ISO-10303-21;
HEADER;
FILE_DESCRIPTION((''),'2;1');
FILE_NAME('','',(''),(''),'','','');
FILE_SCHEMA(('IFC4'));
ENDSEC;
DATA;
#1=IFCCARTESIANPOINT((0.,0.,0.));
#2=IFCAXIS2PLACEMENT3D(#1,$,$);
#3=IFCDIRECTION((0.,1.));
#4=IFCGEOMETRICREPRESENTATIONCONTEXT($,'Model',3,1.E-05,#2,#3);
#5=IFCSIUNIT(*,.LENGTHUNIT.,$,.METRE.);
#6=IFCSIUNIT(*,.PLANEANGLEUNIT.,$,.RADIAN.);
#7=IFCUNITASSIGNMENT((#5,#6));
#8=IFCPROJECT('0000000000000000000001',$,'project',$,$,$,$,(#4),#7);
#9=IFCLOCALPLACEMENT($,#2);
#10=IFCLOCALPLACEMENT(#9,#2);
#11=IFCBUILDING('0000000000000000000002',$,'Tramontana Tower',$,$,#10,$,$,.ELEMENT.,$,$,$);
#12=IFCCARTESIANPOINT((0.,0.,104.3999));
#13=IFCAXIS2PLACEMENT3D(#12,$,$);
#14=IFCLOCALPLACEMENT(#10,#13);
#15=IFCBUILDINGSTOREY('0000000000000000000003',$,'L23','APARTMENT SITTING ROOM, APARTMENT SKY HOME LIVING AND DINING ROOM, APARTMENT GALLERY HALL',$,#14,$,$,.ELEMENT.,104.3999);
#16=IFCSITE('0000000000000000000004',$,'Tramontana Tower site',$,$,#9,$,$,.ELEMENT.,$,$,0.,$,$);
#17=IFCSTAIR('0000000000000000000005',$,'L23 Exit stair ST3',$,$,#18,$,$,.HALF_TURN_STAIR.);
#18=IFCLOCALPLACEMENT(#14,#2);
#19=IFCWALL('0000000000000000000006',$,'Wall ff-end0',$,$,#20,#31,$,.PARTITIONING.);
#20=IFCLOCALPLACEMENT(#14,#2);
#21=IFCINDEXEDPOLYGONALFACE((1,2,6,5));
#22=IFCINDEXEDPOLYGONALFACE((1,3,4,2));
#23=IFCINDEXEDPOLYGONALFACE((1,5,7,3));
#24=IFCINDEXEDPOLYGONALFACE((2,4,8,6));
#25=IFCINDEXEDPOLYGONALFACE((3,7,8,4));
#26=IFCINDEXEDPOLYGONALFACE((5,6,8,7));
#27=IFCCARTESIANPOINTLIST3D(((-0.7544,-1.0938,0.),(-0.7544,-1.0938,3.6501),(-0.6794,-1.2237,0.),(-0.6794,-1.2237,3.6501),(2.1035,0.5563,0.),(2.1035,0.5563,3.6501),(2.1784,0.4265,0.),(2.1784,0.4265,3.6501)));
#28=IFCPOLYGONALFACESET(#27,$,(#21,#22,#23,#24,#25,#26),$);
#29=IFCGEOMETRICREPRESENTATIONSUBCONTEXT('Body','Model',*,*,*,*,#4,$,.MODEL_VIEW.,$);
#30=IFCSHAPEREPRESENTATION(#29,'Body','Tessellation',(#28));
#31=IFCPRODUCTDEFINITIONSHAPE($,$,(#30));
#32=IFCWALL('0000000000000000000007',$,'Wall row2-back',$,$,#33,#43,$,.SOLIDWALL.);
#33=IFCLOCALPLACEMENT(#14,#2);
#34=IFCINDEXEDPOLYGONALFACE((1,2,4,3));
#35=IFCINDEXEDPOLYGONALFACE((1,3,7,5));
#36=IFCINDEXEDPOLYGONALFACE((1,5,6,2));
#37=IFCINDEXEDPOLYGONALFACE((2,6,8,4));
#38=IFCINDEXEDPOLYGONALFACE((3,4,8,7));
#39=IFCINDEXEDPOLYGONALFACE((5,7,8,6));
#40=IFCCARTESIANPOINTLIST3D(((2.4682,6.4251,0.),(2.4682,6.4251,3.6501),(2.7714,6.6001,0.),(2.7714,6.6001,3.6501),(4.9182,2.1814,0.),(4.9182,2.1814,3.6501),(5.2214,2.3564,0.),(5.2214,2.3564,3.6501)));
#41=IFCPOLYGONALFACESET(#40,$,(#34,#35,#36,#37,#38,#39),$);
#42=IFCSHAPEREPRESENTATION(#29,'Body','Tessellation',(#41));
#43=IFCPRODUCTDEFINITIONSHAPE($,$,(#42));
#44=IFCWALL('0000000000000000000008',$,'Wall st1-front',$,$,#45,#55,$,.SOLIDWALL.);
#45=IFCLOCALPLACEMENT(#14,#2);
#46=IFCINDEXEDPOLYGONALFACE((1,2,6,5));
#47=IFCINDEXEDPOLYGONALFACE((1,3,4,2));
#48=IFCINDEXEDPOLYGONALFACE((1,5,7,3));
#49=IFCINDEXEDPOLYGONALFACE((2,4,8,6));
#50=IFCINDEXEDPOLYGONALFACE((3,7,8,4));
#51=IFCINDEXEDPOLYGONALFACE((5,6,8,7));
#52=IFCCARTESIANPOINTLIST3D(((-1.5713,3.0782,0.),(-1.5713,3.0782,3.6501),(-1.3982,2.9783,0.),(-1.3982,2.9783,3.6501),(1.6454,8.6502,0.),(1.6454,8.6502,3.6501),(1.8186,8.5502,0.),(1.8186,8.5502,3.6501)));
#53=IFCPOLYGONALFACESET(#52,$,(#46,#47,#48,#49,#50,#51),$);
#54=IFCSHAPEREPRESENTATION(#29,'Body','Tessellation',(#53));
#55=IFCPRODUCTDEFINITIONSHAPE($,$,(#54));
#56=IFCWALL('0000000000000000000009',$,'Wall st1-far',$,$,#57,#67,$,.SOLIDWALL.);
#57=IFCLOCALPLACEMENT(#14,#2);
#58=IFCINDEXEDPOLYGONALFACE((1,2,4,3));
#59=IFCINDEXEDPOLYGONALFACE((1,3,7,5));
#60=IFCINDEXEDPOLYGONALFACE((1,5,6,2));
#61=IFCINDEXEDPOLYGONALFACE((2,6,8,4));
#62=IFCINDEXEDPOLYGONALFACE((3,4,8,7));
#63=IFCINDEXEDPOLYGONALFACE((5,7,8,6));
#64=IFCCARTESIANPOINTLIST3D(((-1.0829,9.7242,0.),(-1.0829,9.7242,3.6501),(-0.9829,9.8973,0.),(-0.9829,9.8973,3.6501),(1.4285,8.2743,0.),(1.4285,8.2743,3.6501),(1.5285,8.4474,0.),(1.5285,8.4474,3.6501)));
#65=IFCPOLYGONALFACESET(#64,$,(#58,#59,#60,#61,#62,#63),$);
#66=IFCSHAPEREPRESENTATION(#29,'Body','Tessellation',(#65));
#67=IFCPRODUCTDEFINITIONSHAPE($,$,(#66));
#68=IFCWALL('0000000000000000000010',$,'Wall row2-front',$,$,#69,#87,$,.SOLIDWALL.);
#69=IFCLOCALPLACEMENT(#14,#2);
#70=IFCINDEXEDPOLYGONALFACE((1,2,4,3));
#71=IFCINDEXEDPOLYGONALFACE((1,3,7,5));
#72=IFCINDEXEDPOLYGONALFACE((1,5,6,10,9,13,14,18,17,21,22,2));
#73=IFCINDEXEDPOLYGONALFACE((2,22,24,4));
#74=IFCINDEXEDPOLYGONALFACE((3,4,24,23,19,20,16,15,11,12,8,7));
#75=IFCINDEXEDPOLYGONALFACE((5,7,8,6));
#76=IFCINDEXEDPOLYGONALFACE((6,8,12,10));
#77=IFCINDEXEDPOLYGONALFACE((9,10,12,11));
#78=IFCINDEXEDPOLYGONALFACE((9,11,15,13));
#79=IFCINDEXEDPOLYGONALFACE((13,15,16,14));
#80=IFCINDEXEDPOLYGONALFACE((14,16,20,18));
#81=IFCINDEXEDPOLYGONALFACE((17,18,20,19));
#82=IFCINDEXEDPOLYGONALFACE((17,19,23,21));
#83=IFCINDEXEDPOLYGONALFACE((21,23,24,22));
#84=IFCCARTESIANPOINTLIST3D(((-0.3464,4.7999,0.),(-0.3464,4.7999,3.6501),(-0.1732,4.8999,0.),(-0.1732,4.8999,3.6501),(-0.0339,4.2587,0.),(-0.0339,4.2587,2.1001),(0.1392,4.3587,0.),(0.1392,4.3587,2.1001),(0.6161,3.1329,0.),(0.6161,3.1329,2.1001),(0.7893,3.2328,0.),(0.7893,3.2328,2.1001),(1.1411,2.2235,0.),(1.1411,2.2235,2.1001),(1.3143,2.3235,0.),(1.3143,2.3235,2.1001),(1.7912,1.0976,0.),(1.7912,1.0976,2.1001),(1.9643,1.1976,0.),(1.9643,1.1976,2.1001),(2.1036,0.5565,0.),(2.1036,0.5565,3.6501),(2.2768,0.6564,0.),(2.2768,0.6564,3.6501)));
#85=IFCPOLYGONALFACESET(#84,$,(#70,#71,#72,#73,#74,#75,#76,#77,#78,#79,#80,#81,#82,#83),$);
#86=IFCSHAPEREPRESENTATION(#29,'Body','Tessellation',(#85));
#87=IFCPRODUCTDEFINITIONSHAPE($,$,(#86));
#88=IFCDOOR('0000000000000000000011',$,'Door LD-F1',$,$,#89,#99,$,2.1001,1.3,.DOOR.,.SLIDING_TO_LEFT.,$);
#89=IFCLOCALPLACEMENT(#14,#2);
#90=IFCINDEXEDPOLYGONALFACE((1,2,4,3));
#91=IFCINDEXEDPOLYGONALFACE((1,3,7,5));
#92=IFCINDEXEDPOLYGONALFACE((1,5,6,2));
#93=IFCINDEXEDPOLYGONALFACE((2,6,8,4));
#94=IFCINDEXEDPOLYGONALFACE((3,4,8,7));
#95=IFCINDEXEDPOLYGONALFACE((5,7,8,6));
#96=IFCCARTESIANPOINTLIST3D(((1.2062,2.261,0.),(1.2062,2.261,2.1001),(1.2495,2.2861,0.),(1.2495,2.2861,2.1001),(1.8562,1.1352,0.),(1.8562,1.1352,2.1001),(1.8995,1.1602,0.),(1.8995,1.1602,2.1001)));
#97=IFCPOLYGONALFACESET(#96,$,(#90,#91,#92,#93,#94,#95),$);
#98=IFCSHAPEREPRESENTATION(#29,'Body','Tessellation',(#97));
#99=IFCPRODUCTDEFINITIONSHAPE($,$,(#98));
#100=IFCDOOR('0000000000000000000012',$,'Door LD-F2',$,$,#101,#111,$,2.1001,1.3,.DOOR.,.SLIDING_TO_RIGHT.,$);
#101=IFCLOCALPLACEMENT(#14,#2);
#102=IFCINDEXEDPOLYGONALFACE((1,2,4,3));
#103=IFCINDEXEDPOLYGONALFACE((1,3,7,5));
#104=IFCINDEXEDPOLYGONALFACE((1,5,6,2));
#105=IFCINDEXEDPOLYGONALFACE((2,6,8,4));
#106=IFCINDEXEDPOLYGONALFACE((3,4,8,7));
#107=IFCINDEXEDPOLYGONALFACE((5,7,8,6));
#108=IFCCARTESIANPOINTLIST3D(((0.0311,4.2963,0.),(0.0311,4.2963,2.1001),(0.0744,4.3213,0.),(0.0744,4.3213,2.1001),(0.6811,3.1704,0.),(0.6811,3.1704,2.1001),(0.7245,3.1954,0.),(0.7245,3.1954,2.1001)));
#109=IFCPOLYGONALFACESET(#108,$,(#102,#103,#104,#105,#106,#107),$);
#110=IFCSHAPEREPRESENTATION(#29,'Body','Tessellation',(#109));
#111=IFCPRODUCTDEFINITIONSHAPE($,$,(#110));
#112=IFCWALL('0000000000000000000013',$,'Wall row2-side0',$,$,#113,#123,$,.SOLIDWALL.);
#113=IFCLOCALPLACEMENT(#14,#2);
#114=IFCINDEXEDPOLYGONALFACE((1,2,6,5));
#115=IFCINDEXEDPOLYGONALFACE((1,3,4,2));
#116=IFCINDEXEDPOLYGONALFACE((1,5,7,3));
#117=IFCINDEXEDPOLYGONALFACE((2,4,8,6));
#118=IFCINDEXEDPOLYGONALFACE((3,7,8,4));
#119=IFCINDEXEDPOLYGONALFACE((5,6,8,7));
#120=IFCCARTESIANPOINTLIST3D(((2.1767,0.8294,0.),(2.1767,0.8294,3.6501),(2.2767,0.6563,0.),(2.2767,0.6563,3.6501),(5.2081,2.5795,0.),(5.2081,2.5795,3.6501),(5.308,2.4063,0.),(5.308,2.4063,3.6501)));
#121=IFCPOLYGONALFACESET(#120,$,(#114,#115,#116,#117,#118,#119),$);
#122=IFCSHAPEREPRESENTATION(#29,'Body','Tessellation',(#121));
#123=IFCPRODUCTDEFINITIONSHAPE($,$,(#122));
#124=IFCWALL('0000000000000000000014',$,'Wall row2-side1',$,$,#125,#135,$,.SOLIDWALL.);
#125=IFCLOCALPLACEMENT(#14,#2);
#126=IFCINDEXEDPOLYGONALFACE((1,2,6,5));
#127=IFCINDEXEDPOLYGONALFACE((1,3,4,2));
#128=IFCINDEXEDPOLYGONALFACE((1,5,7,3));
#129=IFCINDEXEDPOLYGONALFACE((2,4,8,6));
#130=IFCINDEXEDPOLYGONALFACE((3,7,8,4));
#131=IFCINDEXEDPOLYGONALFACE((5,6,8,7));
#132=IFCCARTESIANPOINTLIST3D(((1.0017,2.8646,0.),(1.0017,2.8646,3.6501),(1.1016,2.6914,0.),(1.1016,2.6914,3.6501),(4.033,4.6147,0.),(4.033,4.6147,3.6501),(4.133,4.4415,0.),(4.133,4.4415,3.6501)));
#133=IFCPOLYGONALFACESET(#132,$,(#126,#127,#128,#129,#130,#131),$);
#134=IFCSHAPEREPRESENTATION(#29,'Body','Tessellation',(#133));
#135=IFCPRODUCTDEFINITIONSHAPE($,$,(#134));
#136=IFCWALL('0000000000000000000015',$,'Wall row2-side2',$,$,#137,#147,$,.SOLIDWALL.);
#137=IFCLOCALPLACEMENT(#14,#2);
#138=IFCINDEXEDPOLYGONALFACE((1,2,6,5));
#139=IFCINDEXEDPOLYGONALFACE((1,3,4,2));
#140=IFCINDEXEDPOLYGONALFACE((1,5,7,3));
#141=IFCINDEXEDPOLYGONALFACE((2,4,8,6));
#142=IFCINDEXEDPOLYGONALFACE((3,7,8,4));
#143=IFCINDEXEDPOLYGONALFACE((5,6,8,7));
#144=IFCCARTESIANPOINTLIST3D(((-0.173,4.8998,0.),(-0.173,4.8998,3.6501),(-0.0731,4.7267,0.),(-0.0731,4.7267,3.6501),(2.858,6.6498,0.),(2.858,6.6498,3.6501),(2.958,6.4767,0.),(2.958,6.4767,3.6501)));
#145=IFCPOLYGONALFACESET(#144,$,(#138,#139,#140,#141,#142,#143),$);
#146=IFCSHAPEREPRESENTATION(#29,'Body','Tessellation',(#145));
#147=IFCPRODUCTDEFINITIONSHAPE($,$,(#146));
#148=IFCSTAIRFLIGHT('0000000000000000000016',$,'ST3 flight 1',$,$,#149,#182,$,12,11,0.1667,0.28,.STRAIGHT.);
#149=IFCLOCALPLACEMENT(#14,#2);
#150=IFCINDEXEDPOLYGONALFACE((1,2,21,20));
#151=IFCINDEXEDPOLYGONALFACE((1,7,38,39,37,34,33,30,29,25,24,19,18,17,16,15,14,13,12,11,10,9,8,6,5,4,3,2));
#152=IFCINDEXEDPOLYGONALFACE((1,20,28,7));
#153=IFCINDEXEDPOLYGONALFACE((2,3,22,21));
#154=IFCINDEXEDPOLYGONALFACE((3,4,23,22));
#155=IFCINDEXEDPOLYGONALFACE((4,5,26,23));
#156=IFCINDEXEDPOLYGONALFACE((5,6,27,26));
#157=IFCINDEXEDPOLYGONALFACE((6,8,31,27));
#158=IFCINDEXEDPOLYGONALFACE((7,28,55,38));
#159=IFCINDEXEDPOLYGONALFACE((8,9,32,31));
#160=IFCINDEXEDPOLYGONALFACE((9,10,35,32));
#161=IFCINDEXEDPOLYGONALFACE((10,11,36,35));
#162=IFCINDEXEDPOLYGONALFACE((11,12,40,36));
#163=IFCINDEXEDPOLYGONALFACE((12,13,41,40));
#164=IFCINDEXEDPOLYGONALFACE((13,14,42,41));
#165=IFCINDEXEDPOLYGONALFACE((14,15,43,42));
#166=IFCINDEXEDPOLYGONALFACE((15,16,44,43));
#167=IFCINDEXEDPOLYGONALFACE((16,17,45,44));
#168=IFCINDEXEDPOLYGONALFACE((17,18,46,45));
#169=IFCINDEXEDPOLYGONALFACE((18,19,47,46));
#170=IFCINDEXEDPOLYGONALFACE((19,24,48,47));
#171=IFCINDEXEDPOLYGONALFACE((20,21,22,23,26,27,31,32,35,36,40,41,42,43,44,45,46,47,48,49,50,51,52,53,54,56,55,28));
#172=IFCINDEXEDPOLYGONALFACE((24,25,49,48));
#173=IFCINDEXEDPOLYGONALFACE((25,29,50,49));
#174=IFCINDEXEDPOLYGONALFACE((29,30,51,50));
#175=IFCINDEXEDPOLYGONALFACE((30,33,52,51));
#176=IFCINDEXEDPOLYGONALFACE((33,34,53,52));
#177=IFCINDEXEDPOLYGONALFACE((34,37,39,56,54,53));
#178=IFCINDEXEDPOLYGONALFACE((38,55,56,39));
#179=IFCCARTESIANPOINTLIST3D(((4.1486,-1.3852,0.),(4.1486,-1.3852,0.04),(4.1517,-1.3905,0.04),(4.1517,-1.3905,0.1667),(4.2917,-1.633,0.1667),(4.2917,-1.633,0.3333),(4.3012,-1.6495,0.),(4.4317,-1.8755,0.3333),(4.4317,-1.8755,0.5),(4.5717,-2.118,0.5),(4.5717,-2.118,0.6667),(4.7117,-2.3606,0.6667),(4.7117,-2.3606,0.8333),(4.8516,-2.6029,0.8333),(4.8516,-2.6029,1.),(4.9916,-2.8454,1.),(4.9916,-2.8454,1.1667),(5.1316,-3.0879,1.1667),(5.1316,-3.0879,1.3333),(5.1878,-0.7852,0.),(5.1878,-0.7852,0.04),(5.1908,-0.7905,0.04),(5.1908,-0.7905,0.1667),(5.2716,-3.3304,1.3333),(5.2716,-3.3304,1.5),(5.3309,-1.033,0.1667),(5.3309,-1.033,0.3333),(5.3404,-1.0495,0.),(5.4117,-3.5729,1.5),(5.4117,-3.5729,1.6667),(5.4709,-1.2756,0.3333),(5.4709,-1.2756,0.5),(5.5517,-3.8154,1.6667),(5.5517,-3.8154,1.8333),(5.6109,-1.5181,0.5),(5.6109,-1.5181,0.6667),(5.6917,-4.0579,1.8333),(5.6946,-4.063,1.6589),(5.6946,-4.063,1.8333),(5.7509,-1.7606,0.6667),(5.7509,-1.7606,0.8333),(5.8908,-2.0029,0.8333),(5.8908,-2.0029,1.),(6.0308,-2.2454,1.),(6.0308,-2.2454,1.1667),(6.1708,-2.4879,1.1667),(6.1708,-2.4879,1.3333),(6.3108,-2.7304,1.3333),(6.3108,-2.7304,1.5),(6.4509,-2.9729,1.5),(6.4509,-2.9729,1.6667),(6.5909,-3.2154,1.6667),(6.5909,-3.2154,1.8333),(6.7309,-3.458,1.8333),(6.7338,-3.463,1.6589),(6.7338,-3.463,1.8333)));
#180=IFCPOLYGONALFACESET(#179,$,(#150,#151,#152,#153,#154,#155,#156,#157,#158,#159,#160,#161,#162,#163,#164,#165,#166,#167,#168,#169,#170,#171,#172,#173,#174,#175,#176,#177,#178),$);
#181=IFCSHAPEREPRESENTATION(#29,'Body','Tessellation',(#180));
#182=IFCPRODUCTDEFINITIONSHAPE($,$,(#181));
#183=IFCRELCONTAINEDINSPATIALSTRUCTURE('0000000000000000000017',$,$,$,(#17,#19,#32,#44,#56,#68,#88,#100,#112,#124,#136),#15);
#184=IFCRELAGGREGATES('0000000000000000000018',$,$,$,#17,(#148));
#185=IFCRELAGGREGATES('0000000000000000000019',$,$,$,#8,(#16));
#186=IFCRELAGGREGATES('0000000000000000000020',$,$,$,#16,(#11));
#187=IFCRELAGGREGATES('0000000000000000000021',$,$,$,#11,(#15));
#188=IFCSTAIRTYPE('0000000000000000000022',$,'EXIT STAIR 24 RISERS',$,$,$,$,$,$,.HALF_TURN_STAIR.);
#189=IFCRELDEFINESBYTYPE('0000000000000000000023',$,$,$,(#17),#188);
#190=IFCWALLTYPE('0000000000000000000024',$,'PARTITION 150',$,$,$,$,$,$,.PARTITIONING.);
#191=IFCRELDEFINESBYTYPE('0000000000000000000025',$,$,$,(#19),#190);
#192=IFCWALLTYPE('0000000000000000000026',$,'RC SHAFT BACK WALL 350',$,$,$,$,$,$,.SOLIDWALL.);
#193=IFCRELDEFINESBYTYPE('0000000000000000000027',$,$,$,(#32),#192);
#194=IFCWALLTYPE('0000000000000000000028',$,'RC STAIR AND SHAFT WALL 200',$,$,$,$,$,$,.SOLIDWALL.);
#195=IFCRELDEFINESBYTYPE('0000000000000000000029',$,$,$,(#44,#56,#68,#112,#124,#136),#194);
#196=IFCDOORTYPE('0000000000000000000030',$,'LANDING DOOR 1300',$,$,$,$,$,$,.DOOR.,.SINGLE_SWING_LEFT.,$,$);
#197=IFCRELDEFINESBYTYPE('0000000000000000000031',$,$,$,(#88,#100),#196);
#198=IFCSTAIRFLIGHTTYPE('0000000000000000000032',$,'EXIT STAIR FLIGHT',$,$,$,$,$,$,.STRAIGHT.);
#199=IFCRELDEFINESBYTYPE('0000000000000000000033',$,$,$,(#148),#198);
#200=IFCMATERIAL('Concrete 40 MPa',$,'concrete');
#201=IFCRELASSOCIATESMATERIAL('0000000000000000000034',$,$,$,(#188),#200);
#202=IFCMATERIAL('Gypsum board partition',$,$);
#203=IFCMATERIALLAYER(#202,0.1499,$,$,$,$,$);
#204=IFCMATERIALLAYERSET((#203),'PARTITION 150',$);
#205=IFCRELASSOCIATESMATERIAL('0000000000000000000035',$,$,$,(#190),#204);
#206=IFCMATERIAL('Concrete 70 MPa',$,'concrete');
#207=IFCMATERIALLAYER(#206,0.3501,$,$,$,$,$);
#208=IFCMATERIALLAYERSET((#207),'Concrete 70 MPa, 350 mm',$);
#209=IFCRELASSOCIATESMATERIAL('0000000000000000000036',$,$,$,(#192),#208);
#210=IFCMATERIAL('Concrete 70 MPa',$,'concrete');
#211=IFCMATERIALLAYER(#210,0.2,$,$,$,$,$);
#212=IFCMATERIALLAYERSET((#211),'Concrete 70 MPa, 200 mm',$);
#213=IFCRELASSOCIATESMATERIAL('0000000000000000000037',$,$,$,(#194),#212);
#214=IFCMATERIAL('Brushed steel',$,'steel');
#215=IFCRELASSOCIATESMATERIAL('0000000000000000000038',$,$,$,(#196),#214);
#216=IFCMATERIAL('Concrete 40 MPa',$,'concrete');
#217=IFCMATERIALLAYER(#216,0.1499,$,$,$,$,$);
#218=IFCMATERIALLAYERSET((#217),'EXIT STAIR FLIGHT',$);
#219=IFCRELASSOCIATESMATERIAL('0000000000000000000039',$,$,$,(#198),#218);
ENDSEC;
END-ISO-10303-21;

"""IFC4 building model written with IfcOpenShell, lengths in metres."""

from ifc_helpers import new_model, si_unit, direction, frame, frame_2d, origin, place, context, subcontext, project, spatial, polyline, rectangle, outline, extrude, material, layer, layer_set, type_object, element, fill, aggregate, save


model = new_model("IFC4")

# Units and contexts
model_context = context("Model", 3, precision=1e-05, world=origin(), true_north=direction((0.0, 1.0)))
body_context = subcontext(model_context, "Body", "Model", "MODEL_VIEW")
ifc_project = project(units=[si_unit("LENGTHUNIT", "METRE"), si_unit("PLANEANGLEUNIT", "RADIAN")], contexts=[model_context])

# Site, building, storey
site_placement = place(None, origin())
site = spatial("IfcSite", under=ifc_project, at=site_placement, Name="Tramontana Tower site", CompositionType="ELEMENT", RefElevation=0.0)
building_placement = place(site_placement, origin())
building = spatial("IfcBuilding", under=site, at=building_placement, Name="Tramontana Tower", CompositionType="ELEMENT")
storey_placement = place(building_placement, frame((0.0, 0.0, 104.3999)))
storey = spatial("IfcBuildingStorey", under=building, at=storey_placement, Name="L23", Description="APARTMENT SITTING ROOM, APARTMENT SKY HOME LIVING AND DINING ROOM, APARTMENT GALLERY HALL", CompositionType="ELEMENT", Elevation=104.3999)

# Stair
ifc_material_1 = material(Name="Concrete 40 MPa", Category="concrete")
stair_type = type_object("IfcStairType", Name="EXIT STAIR 24 RISERS", PredefinedType="HALF_TURN_STAIR", material=ifc_material_1)
stair_1_placement = place(storey_placement, origin())
stair_1 = element("IfcStair", 1, at=stair_1_placement, inside=storey, type_object=stair_type, Name="L23 Exit stair ST3", PredefinedType="HALF_TURN_STAIR")

# Walls
ifc_material_2 = material(Name="Gypsum board partition")
ifc_layer_1 = layer(ifc_material_2, 0.1499)
ifc_layer_set_1 = layer_set([ifc_layer_1], Name="PARTITION 150")
wall_type_1 = type_object("IfcWallType", Name="PARTITION 150", PredefinedType="PARTITIONING", material=ifc_layer_set_1)
wall_1_placement = place(storey_placement, frame((-0.7168, -1.1587, 0.0), z_axis=(0.0, 0.0, 1.0), x_axis=(0.866008, 0.50003, 0.0)))
element("IfcWall", 2, at=wall_1_placement, inside=storey, type_object=wall_type_1, Name="Wall ff-end0", PredefinedType="PARTITIONING", context=body_context, shape_type="SweptSolid", body=[
    extrude(rectangle(XDim=3.3, YDim=0.1499, at=frame_2d((1.6499, 0.0))), origin(), (0.0, 0.0, 1.0), 3.6501),
])
ifc_material_3 = material(Name="Concrete 70 MPa", Category="concrete")
ifc_layer_2 = layer(ifc_material_3, 0.3501)
ifc_layer_set_2 = layer_set([ifc_layer_2], Name="Concrete 70 MPa, 350 mm")
wall_type_2 = type_object("IfcWallType", Name="RC SHAFT BACK WALL 350", PredefinedType="SOLIDWALL", material=ifc_layer_set_2)
wall_2_placement = place(storey_placement, frame((5.0698, 2.2688, 0.0), z_axis=(0.0, 0.0, 1.0), x_axis=(-0.499981, 0.866036, 0.0)))
element("IfcWall", 3, at=wall_2_placement, inside=storey, type_object=wall_type_2, Name="Wall row2-back", PredefinedType="SOLIDWALL", context=body_context, shape_type="SweptSolid", body=[
    extrude(rectangle(XDim=4.9001, YDim=0.3501, at=frame_2d((2.4502, 0.0))), origin(), (0.0, 0.0, 1.0), 3.6501),
])
ifc_material_4 = material(Name="Concrete 70 MPa", Category="concrete")
ifc_layer_3 = layer(ifc_material_4, 0.2)
ifc_layer_set_3 = layer_set([ifc_layer_3], Name="Concrete 70 MPa, 200 mm")
wall_type_3 = type_object("IfcWallType", Name="RC STAIR AND SHAFT WALL 200", PredefinedType="SOLIDWALL", material=ifc_layer_set_3)
wall_3_placement = place(storey_placement, frame((1.7319, 8.6001, 0.0), z_axis=(0.0, 0.0, 1.0), x_axis=(-0.499975, -0.86604, 0.0)))
element("IfcWall", 4, at=wall_3_placement, inside=storey, type_object=wall_type_3, Name="Wall st1-front", PredefinedType="SOLIDWALL", context=body_context, shape_type="SweptSolid", body=[
    extrude(rectangle(XDim=6.4338, YDim=0.2, at=frame_2d((3.2168, 0.0))), origin(), (0.0, 0.0, 1.0), 3.6501),
])
wall_4_placement = place(storey_placement, frame((1.4785, 8.3608, 0.0), z_axis=(0.0, 0.0, 1.0), x_axis=(-0.866033, 0.499987, 0.0)))
element("IfcWall", 5, at=wall_4_placement, inside=storey, type_object=wall_type_3, Name="Wall st1-far", PredefinedType="SOLIDWALL", context=body_context, shape_type="SweptSolid", body=[
    extrude(rectangle(XDim=2.8999, YDim=0.2, at=frame_2d((1.45, 0.0))), origin(), (0.0, 0.0, 1.0), 3.6501),
])

# Wall, openings, doors
wall_5_placement = place(storey_placement, frame((2.1902, 0.6064, 0.0), z_axis=(0.0, 0.0, 1.0), x_axis=(-0.500003, 0.866024, 0.0)))
wall_5 = element("IfcWall", 6, at=wall_5_placement, inside=storey, type_object=wall_type_3, Name="Wall row2-front", PredefinedType="SOLIDWALL", context=body_context, shape_type="SweptSolid", body=[
    extrude(rectangle(XDim=4.8999, YDim=0.2, at=frame_2d((2.45, 0.0))), origin(), (0.0, 0.0, 1.0), 3.6501),
])
opening_1_placement = place(wall_5_placement, frame((0.625, 0.0, 0.0)))
opening_1 = element("IfcOpeningElement", 7, at=opening_1_placement, cuts=wall_5, PredefinedType="OPENING", context=body_context, shape_type="SweptSolid", body=[
    extrude(rectangle(XDim=1.3, YDim=2.1001, at=frame_2d((0.6499, 1.05))), frame((0.0, 0.1099, 0.0), z_axis=(0.0, -1.0, 0.0), x_axis=(1.0, 0.0, 0.0)), (0.0, 0.0, 1.0), 0.22),
])
opening_2_placement = place(wall_5_placement, frame((2.9751, 0.0, 0.0)))
opening_2 = element("IfcOpeningElement", 8, at=opening_2_placement, cuts=wall_5, PredefinedType="OPENING", context=body_context, shape_type="SweptSolid", body=[
    extrude(rectangle(XDim=1.3, YDim=2.1001, at=frame_2d((0.6499, 1.05))), frame((0.0, 0.1099, 0.0), z_axis=(0.0, -1.0, 0.0), x_axis=(1.0, 0.0, 0.0)), (0.0, 0.0, 1.0), 0.22),
])
ifc_material_5 = material(Name="Brushed steel", Category="steel")
door_type_1 = type_object("IfcDoorType", Name="LANDING DOOR 1300", OperationType="SINGLE_SWING_LEFT", PredefinedType="DOOR", material=ifc_material_5)
door_1_placement = place(opening_1_placement, origin())
door_1 = element("IfcDoor", 9, at=door_1_placement, inside=storey, type_object=door_type_1, Name="Door LD-F1", OperationType="SLIDING_TO_LEFT", OverallHeight=2.1001, OverallWidth=1.3, PredefinedType="DOOR", context=body_context, shape_type="SweptSolid", body=[
    extrude(rectangle(XDim=1.3, YDim=2.1001, at=frame_2d((0.6499, 1.05))), frame((0.0, 0.0249, 0.0), z_axis=(0.0, -1.0, 0.0), x_axis=(1.0, 0.0, 0.0)), (0.0, 0.0, 1.0), 0.05),
])
fill(opening_1, door_1)
door_2_placement = place(opening_2_placement, origin())
door_2 = element("IfcDoor", 10, at=door_2_placement, inside=storey, type_object=door_type_1, Name="Door LD-F2", OperationType="SLIDING_TO_RIGHT", OverallHeight=2.1001, OverallWidth=1.3, PredefinedType="DOOR", context=body_context, shape_type="SweptSolid", body=[
    extrude(rectangle(XDim=1.3, YDim=2.1001, at=frame_2d((0.6499, 1.05))), frame((0.0, 0.0249, 0.0), z_axis=(0.0, -1.0, 0.0), x_axis=(1.0, 0.0, 0.0)), (0.0, 0.0, 1.0), 0.05),
])
fill(opening_2, door_2)

# Walls
for number, where, z_axis, x_axis, name in (
    (11, (2.2268, 0.7429, 0.0), (0.0, 0.0, 1.0), (0.866037, 0.49998, 0.0), "Wall row2-side0"),
    (12, (1.0518, 2.7781, 0.0), (0.0, 0.0, 1.0), (0.866037, 0.49998, 0.0), "Wall row2-side1"),
):
    element("IfcWall", number, at=place(storey_placement, frame(where, z_axis=z_axis, x_axis=x_axis)), inside=storey, type_object=wall_type_3, Name=name, PredefinedType="SOLIDWALL", context=body_context, shape_type="SweptSolid", body=[
        extrude(rectangle(XDim=3.5002, YDim=0.2, at=frame_2d((1.75, 0.0))), origin(), (0.0, 0.0, 1.0), 3.6501),
    ])
wall_6_placement = place(storey_placement, frame((-0.123, 4.8132, 0.0), z_axis=(0.0, 0.0, 1.0), x_axis=(0.866019, 0.50001, 0.0)))
element("IfcWall", 13, at=wall_6_placement, inside=storey, type_object=wall_type_3, Name="Wall row2-side2", PredefinedType="SOLIDWALL", context=body_context, shape_type="SweptSolid", body=[
    extrude(rectangle(XDim=3.5, YDim=0.2, at=frame_2d((1.75, 0.0))), origin(), (0.0, 0.0, 1.0), 3.6501),
])

# Stair flight
ifc_material_6 = material(Name="Concrete 40 MPa", Category="concrete")
ifc_layer_4 = layer(ifc_material_6, 0.1499)
ifc_layer_set_4 = layer_set([ifc_layer_4], Name="EXIT STAIR FLIGHT")
stair_flight_type = type_object("IfcStairFlightType", Name="EXIT STAIR FLIGHT", PredefinedType="STRAIGHT", material=ifc_layer_set_4)
stair_flight_placement = place(storey_placement, frame((4.6711, -1.0906, 0.0), z_axis=(0.0, 0.0, 1.0), x_axis=(0.5, -0.866025, 0.0)))
stair_flight = element("IfcStairFlight", 14, at=stair_flight_placement, type_object=stair_flight_type, Name="ST3 flight 1", NumberOfRisers=12, NumberOfTreads=11, PredefinedType="STRAIGHT", RiserHeight=0.1667, TreadLength=0.28, context=body_context, shape_type="SweptSolid", body=[
    extrude(outline(polyline([(-0.0061, 0.0), (-0.0061, 0.04), (0.0, 0.04), (0.0, 0.1667), (0.28, 0.1667), (0.28, 0.3333), (0.5601, 0.3333), (0.5601, 0.5), (0.8401, 0.5), (0.8401, 0.6667), (1.1201, 0.6667), (1.1201, 0.8333), (1.3999, 0.8333), (1.3999, 1.0), (1.6799, 1.0), (1.6799, 1.1667), (1.96, 1.1667), (1.96, 1.3333), (2.24, 1.3333), (2.24, 1.5), (2.52, 1.5), (2.52, 1.6667), (2.8, 1.6667), (2.8, 1.8333), (3.0801, 1.8333), (3.0859, 1.8333), (3.0859, 1.6589), (0.2991, 0.0), (-0.0061, 0.0)])), frame((0.0, 0.6001, 0.0), z_axis=(0.0, -1.0, 0.0), x_axis=(1.0, 0.0, 0.0)), (0.0, 0.0, 1.0), 1.2),
])
aggregate(stair_1, [stair_flight])

save(model, "model.ifc")
